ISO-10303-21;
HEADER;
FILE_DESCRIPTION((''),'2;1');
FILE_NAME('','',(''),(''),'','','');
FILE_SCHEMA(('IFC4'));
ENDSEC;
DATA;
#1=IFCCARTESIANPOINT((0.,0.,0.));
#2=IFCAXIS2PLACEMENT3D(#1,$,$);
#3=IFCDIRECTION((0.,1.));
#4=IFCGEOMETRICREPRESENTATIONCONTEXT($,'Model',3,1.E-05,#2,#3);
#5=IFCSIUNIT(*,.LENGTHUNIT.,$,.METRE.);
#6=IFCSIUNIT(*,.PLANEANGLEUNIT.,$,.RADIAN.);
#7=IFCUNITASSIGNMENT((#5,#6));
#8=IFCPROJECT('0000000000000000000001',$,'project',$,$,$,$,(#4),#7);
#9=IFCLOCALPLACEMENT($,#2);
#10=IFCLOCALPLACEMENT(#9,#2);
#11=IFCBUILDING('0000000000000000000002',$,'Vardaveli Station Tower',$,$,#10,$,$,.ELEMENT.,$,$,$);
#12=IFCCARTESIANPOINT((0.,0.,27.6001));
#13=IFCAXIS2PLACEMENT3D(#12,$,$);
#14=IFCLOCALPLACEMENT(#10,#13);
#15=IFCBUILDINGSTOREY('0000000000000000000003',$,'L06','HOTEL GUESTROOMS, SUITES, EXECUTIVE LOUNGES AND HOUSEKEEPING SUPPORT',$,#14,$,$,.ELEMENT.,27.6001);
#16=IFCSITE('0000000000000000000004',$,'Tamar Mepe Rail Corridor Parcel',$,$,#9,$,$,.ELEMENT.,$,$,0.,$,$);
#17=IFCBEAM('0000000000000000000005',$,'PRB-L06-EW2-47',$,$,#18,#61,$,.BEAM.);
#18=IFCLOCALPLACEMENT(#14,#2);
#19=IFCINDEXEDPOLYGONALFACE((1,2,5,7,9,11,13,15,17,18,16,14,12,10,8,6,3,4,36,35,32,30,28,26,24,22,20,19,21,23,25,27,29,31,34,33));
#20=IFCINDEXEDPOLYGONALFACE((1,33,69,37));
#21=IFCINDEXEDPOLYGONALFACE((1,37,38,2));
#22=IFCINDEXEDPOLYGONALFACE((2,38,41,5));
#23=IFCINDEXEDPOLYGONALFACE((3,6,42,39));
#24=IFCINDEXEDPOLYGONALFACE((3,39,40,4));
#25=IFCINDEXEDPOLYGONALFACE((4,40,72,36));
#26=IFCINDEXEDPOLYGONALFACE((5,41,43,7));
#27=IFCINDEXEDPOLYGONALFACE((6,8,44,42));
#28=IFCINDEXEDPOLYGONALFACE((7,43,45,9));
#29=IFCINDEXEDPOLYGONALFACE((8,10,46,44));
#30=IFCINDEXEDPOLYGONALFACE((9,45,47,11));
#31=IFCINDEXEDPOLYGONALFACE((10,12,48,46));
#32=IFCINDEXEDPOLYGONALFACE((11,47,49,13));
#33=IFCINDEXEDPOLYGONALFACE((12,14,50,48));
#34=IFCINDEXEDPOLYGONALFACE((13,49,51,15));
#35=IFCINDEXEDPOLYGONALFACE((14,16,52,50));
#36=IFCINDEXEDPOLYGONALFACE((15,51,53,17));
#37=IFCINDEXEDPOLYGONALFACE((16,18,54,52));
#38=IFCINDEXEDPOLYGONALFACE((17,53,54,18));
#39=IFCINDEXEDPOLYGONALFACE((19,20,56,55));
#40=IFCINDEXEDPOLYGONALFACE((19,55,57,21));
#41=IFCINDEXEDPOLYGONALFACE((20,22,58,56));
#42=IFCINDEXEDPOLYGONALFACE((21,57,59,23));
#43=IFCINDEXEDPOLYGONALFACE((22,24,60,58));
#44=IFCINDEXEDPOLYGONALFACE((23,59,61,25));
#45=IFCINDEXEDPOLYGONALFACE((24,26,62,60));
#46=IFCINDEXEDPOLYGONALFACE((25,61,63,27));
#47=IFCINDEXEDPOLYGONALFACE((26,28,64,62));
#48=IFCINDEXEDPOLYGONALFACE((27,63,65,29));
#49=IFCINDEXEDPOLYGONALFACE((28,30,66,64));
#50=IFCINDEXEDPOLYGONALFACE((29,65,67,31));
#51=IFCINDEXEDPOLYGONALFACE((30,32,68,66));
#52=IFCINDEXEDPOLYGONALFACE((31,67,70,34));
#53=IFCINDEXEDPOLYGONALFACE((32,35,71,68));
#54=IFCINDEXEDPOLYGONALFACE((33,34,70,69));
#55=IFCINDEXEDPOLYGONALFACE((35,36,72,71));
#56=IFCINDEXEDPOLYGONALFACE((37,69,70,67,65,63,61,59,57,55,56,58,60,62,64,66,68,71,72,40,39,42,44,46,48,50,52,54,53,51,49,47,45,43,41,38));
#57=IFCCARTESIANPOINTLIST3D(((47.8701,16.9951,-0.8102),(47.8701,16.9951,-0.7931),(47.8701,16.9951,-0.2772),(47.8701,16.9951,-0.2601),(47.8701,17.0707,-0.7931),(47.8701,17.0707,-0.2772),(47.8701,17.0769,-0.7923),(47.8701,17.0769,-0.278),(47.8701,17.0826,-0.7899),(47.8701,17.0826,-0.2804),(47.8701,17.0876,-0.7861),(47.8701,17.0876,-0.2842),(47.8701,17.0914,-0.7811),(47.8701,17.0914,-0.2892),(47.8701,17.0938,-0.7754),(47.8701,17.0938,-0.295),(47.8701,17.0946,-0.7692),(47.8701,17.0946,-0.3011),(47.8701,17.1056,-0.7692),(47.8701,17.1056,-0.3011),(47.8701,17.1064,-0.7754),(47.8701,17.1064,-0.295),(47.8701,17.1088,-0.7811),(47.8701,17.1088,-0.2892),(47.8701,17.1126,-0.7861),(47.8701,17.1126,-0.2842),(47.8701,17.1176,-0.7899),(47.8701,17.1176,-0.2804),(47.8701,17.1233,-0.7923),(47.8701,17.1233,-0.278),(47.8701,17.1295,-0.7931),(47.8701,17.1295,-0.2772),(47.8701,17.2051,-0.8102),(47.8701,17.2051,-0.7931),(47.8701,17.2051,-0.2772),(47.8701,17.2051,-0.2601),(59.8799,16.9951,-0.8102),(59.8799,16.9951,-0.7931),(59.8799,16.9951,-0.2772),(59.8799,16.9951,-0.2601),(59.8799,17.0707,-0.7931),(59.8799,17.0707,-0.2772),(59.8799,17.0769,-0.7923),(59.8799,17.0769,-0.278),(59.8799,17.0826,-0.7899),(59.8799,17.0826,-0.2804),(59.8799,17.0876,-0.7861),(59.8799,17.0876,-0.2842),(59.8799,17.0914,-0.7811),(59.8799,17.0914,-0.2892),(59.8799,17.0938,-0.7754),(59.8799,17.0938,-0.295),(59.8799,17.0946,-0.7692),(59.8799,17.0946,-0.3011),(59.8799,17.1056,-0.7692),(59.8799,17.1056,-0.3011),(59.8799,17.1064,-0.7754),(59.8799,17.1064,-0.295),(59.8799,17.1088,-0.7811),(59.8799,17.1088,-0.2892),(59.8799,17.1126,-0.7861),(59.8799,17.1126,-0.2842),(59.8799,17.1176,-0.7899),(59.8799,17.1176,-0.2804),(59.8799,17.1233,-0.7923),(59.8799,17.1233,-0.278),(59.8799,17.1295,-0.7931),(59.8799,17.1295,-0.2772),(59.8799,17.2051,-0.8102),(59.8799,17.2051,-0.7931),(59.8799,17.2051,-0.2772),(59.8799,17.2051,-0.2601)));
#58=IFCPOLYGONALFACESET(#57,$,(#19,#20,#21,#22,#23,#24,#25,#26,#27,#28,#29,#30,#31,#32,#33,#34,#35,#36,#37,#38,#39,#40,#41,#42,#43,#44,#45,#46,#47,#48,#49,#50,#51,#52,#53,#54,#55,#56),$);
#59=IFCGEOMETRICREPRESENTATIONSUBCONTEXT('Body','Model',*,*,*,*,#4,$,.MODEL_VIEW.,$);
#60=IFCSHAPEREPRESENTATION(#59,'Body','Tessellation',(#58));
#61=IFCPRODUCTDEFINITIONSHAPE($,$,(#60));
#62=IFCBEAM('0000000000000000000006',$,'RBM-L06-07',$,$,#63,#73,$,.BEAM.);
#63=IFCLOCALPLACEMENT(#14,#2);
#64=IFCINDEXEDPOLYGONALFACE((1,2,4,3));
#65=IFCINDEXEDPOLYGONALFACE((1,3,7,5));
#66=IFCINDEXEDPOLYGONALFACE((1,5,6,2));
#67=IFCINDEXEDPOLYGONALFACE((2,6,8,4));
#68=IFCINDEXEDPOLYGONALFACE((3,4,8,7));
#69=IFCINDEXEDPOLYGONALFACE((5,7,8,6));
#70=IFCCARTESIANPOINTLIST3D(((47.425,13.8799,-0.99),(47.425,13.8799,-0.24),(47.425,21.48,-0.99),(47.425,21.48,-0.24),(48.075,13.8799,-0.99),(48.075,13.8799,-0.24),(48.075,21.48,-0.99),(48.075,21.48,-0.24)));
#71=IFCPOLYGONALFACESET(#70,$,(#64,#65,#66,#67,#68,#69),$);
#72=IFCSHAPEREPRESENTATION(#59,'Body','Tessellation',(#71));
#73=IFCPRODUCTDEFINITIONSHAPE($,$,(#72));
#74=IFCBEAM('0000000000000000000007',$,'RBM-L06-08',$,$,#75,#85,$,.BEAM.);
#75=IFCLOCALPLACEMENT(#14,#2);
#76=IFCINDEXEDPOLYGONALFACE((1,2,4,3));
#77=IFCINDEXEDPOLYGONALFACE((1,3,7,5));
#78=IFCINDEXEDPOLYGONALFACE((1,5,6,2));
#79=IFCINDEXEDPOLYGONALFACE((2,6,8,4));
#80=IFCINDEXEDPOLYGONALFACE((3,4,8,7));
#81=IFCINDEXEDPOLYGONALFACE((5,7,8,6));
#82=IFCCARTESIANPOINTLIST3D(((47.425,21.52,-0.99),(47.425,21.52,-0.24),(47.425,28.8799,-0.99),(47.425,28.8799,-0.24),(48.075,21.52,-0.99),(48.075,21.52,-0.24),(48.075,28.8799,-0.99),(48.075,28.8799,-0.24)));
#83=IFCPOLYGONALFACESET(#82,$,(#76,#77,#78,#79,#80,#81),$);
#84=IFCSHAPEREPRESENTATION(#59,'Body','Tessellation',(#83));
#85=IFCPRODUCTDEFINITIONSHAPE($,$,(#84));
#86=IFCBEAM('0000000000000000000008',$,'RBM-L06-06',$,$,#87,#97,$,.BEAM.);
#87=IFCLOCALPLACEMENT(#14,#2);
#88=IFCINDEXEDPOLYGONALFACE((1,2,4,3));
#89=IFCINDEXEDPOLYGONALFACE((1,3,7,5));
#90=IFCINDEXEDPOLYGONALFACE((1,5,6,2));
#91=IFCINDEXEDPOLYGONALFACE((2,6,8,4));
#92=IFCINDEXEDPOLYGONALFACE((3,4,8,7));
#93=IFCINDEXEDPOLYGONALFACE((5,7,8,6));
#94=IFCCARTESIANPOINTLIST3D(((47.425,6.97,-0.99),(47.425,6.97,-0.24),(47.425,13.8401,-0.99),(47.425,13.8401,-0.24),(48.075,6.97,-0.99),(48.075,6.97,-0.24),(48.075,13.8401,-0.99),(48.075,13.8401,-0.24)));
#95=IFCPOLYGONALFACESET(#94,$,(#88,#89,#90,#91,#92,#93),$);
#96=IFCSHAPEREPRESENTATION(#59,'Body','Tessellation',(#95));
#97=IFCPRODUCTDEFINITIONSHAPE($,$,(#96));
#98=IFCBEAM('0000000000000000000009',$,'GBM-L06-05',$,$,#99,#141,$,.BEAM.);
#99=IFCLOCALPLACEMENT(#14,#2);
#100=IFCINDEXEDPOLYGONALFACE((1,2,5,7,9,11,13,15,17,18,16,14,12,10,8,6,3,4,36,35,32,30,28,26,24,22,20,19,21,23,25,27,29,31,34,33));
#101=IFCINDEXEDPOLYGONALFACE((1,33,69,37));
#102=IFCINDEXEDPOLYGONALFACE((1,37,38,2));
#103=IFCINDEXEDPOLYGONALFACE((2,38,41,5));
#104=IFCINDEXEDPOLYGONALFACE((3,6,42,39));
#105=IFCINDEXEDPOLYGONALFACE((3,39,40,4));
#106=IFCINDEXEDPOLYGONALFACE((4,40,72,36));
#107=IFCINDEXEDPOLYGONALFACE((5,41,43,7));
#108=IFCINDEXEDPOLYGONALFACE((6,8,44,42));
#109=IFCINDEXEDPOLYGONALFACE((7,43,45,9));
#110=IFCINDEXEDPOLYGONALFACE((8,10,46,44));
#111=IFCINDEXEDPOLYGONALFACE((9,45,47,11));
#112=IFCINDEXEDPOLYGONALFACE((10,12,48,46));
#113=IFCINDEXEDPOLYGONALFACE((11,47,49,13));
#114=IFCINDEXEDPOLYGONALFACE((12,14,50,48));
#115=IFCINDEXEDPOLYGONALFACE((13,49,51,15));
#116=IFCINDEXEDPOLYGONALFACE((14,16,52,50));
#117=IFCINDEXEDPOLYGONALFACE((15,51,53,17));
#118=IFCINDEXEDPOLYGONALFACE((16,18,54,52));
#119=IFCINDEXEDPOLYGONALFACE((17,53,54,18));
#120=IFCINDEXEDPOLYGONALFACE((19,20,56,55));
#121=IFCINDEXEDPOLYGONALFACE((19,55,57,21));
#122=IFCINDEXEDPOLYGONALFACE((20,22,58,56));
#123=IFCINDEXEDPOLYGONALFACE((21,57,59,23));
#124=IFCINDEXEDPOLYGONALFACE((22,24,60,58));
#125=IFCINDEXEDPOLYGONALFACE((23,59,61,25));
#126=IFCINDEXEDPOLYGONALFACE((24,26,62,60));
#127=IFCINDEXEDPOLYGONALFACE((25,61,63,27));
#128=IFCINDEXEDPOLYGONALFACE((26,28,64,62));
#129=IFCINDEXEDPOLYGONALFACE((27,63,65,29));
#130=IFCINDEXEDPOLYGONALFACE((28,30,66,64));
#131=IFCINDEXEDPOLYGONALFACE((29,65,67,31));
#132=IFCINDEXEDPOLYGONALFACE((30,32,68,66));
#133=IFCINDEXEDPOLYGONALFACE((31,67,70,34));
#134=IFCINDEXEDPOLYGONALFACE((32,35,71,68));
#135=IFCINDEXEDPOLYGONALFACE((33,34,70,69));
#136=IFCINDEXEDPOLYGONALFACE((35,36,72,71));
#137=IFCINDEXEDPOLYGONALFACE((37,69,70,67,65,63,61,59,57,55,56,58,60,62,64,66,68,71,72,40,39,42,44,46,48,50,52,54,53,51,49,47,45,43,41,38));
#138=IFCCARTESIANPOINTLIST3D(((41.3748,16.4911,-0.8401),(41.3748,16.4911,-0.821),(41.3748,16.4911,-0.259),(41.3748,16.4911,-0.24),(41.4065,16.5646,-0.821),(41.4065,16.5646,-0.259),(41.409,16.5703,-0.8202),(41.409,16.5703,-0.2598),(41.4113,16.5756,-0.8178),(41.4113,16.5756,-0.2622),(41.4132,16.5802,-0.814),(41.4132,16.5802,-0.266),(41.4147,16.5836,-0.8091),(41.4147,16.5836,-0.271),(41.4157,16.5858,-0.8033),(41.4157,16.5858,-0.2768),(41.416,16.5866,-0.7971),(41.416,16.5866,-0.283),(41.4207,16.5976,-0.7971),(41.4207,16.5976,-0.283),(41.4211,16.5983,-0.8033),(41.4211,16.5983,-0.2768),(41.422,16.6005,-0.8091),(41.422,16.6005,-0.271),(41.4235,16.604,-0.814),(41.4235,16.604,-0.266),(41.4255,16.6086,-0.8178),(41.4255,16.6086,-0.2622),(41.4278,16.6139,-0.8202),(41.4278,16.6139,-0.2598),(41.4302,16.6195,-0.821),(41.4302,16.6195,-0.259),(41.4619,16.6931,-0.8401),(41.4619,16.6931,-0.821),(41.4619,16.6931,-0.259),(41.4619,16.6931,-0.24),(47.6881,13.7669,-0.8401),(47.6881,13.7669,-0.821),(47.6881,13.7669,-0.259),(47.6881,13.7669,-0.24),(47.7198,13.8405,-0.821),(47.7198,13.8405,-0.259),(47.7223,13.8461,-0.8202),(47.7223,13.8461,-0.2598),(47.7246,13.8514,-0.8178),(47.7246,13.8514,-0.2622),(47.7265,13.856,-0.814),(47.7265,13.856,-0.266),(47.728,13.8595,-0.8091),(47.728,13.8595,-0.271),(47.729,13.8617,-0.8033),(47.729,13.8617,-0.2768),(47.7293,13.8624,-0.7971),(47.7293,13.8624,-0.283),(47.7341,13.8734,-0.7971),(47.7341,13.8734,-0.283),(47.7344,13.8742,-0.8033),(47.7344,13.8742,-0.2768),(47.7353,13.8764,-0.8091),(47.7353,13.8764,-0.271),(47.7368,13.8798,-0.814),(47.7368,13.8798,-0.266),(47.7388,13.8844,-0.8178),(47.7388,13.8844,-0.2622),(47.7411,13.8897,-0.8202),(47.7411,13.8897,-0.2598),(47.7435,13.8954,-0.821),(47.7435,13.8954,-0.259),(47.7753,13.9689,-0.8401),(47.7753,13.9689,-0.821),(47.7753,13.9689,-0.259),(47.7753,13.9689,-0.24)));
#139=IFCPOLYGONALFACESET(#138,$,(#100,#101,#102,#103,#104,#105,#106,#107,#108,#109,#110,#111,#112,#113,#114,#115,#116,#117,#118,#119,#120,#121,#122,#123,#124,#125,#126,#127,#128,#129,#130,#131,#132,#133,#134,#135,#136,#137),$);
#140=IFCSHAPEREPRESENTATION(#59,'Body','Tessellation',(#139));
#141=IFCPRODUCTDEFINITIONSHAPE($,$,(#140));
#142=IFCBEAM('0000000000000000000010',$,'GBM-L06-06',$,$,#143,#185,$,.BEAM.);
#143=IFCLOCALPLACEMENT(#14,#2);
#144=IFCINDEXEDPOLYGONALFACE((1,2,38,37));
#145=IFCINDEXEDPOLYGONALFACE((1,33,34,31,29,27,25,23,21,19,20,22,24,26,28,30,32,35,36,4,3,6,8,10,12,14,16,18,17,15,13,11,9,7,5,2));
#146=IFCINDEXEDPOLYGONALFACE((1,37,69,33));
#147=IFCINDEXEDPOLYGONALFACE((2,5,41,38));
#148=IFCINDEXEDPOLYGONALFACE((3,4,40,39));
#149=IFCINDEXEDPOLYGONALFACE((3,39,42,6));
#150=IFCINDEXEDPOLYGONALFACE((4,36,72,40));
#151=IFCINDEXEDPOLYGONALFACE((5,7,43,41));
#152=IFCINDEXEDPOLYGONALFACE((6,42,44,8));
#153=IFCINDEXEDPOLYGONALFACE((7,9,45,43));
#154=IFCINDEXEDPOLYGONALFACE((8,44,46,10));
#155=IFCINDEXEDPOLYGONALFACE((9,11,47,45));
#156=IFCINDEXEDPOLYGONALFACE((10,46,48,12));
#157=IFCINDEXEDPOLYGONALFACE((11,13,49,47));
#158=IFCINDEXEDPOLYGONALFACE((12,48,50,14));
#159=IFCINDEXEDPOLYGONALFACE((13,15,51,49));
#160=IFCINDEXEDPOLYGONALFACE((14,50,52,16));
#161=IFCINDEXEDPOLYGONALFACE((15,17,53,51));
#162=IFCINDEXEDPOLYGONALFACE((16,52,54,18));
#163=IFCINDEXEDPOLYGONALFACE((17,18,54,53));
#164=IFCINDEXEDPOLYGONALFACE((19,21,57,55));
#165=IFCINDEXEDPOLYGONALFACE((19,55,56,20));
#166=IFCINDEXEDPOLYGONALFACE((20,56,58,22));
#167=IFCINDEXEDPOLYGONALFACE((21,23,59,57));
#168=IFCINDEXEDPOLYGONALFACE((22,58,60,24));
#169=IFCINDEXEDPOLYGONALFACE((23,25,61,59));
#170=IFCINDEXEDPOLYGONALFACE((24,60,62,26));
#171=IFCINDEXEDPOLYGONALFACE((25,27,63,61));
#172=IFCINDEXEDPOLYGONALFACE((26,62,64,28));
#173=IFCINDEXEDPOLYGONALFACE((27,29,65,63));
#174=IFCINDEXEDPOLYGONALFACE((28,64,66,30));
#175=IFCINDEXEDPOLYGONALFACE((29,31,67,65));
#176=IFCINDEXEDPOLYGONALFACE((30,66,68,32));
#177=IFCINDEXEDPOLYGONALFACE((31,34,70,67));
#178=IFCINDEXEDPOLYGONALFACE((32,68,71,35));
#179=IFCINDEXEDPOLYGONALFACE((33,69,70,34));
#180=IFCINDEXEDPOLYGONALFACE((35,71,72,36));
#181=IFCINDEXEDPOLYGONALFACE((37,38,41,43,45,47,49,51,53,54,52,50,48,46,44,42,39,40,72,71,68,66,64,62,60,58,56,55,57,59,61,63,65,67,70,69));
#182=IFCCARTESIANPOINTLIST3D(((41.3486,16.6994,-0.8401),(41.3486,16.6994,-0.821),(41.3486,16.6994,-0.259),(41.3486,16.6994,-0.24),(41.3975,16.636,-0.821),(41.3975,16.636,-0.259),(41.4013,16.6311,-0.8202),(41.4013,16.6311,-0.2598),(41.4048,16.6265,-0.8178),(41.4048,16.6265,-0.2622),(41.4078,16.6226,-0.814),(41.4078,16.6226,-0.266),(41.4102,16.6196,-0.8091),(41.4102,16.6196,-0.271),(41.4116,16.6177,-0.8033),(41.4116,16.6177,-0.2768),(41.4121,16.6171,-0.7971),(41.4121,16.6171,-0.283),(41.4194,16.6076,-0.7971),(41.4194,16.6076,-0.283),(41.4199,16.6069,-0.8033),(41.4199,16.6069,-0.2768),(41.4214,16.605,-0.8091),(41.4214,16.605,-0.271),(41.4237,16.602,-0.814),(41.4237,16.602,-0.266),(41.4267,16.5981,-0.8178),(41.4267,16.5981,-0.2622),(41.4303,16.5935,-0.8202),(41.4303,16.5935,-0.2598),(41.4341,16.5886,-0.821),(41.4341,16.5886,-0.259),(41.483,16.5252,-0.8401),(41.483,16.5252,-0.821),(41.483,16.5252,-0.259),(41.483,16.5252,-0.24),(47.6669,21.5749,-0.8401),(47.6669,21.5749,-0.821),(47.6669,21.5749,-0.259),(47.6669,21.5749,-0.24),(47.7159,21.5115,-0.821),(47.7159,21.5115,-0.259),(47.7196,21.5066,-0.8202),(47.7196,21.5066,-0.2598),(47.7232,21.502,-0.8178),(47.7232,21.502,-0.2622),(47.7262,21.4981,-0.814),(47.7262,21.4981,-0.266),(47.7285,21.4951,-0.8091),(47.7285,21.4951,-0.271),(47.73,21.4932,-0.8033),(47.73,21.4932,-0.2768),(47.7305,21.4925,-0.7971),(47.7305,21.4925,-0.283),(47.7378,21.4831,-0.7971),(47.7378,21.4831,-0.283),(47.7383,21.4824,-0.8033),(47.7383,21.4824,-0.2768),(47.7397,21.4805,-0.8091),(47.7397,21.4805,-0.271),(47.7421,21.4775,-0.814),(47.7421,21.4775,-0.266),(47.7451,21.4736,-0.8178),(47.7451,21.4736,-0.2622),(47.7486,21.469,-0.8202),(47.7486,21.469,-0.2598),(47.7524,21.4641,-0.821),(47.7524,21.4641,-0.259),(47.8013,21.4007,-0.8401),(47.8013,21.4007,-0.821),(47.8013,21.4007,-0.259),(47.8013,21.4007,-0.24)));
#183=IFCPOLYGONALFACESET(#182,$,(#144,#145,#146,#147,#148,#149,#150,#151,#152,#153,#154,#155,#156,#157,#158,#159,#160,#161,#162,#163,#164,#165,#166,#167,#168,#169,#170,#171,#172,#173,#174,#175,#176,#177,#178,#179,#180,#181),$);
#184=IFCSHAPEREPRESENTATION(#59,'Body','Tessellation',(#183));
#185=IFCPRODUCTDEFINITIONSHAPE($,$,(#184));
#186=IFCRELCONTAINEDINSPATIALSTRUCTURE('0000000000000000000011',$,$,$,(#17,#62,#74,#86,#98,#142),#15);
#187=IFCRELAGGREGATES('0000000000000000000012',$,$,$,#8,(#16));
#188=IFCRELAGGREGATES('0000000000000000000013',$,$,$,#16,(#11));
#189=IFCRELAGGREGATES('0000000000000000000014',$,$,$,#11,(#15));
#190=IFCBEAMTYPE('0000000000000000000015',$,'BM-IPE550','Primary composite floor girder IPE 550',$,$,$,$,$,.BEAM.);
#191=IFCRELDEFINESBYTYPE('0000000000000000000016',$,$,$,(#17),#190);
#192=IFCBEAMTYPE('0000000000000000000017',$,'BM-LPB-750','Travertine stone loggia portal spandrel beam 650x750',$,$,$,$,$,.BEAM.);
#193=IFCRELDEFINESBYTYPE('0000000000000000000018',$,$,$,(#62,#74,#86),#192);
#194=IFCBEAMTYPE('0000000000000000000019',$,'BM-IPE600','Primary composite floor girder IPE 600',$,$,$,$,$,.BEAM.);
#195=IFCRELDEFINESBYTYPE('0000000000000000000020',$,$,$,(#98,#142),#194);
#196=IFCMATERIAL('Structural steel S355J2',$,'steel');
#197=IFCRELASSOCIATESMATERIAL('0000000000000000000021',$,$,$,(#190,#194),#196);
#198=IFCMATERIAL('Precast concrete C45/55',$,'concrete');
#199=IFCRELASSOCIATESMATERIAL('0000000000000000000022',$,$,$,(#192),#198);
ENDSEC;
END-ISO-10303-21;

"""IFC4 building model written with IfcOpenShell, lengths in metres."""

from ifc_helpers import new_model, si_unit, direction, frame, origin, origin_2d, place, context, subcontext, project, spatial, rectangle, i_section, extrude, source, transform, mapped, material, material_profile, profile_set, type_object, element, save


model = new_model("IFC4")

# Units and contexts
model_context = context("Model", 3, precision=1e-05, world=origin(), true_north=direction((0.0, 1.0)))
body_context = subcontext(model_context, "Body", "Model", "MODEL_VIEW")
ifc_project = project(units=[si_unit("LENGTHUNIT", "METRE"), si_unit("PLANEANGLEUNIT", "RADIAN")], contexts=[model_context])

# Site, building, storey
site_placement = place(None, origin())
site = spatial("IfcSite", under=ifc_project, at=site_placement, Name="Tamar Mepe Rail Corridor Parcel", CompositionType="ELEMENT", RefElevation=0.0)
building_placement = place(site_placement, origin())
building = spatial("IfcBuilding", under=site, at=building_placement, Name="Vardaveli Station Tower", CompositionType="ELEMENT")
storey_placement = place(building_placement, frame((0.0, 0.0, 27.6001)))
storey = spatial("IfcBuildingStorey", under=building, at=storey_placement, Name="L06", Description="HOTEL GUESTROOMS, SUITES, EXECUTIVE LOUNGES AND HOUSEKEEPING SUPPORT", CompositionType="ELEMENT", Elevation=27.6001)

# Beams
ifc_material_1 = material(Name="Structural steel S355J2", Category="steel")
ifc_material_profile_1 = material_profile(ifc_material_1, i_section(OverallWidth=0.21, OverallDepth=0.55, WebThickness=0.011, FlangeThickness=0.0171, FilletRadius=0.0239, at=origin_2d()), Name="IPE 550")
ifc_profile_set_1 = profile_set([ifc_material_profile_1], Name="Structural steel S355J2")
beam_type_1 = type_object("IfcBeamType", Name="BM-IPE550", Description="Primary composite floor girder IPE 550", PredefinedType="BEAM", material=ifc_profile_set_1)
shared_shape_1 = source(origin(), body_context, "Body", "SweptSolid", [
    extrude(i_section(OverallWidth=0.21, OverallDepth=0.55, WebThickness=0.011, FlangeThickness=0.0171, FilletRadius=0.0239, at=origin_2d()), origin(), (0.0, 0.0, 1.0), 12.0098),
])
for number, where, z_axis, x_axis, name in (
    (1, (47.8701, 17.1001, -0.5352), (1.0, 0.0, 0.0), (0.0, 1.0, 0.0), "PRB-L06-EW2-47"),
):
    element("IfcBeam", number, at=place(storey_placement, frame(where, z_axis=z_axis, x_axis=x_axis)), inside=storey, type_object=beam_type_1, Name=name, PredefinedType="BEAM", context=body_context, shape_type="MappedRepresentation", body=[
        mapped(shared_shape_1, transform((0.0, 0.0, 0.0), scale=1.0)),
    ])
ifc_material_2 = material(Name="Precast concrete C45/55", Category="concrete")
ifc_material_profile_2 = material_profile(ifc_material_2, rectangle(XDim=0.6499, YDim=0.75, at=origin_2d()), Name="LPB 650x750")
ifc_profile_set_2 = profile_set([ifc_material_profile_2], Name="Precast concrete C45/55")
beam_type_2 = type_object("IfcBeamType", Name="BM-LPB-750", Description="Travertine stone loggia portal spandrel beam 650x750", PredefinedType="BEAM", material=ifc_profile_set_2)
shared_shape_2 = source(origin(), body_context, "Body", "SweptSolid", [
    extrude(rectangle(XDim=0.6499, YDim=0.75, at=origin_2d()), origin(), (0.0, 0.0, 1.0), 7.6001),
])
beam_1_placement = place(storey_placement, frame((47.75, 13.8799, -0.615), z_axis=(0.0, 1.0, 0.0), x_axis=(-1.0, 0.0, 0.0)))
element("IfcBeam", 2, at=beam_1_placement, inside=storey, type_object=beam_type_2, Name="RBM-L06-07", PredefinedType="BEAM", context=body_context, shape_type="MappedRepresentation", body=[
    mapped(shared_shape_2, transform((0.0, 0.0, 0.0), scale=1.0)),
])
shared_shape_3 = source(origin(), body_context, "Body", "SweptSolid", [
    extrude(rectangle(XDim=0.6499, YDim=0.75, at=origin_2d()), origin(), (0.0, 0.0, 1.0), 7.3599),
])
beam_2_placement = place(storey_placement, frame((47.75, 21.52, -0.615), z_axis=(0.0, 1.0, 0.0), x_axis=(-1.0, 0.0, 0.0)))
element("IfcBeam", 3, at=beam_2_placement, inside=storey, type_object=beam_type_2, Name="RBM-L06-08", PredefinedType="BEAM", context=body_context, shape_type="MappedRepresentation", body=[
    mapped(shared_shape_3, transform((0.0, 0.0, 0.0), scale=1.0)),
])
shared_shape_4 = source(origin(), body_context, "Body", "SweptSolid", [
    extrude(rectangle(XDim=0.6499, YDim=0.75, at=origin_2d()), origin(), (0.0, 0.0, 1.0), 6.8701),
])
beam_3_placement = place(storey_placement, frame((47.75, 6.97, -0.615), z_axis=(0.0, 1.0, 0.0), x_axis=(-1.0, 0.0, 0.0)))
element("IfcBeam", 4, at=beam_3_placement, inside=storey, type_object=beam_type_2, Name="RBM-L06-06", PredefinedType="BEAM", context=body_context, shape_type="MappedRepresentation", body=[
    mapped(shared_shape_4, transform((0.0, 0.0, 0.0), scale=1.0)),
])
ifc_material_profile_3 = material_profile(ifc_material_1, i_section(OverallWidth=0.22, OverallDepth=0.6001, WebThickness=0.012, FlangeThickness=0.019, FilletRadius=0.0239, at=origin_2d()), Name="IPE 600")
ifc_profile_set_3 = profile_set([ifc_material_profile_3], Name="Structural steel S355J2")
beam_type_3 = type_object("IfcBeamType", Name="BM-IPE600", Description="Primary composite floor girder IPE 600", PredefinedType="BEAM", material=ifc_profile_set_3)
shared_shape_5 = source(origin(), body_context, "Body", "SweptSolid", [
    extrude(i_section(OverallWidth=0.22, OverallDepth=0.6001, WebThickness=0.012, FlangeThickness=0.019, FilletRadius=0.0239, at=origin_2d()), origin(), (0.0, 0.0, 1.0), 6.876),
])
beam_4_placement = place(storey_placement, frame((47.7317, 13.8679, -0.54), z_axis=(-0.918171, 0.396185, 0.0), x_axis=(-0.396185, -0.918171, 0.0)))
element("IfcBeam", 5, at=beam_4_placement, inside=storey, type_object=beam_type_3, Name="GBM-L06-05", PredefinedType="BEAM", context=body_context, shape_type="MappedRepresentation", body=[
    mapped(shared_shape_5, transform((0.0, 0.0, 0.0), scale=1.0)),
])
shared_shape_6 = source(origin(), body_context, "Body", "SweptSolid", [
    extrude(i_section(OverallWidth=0.22, OverallDepth=0.6001, WebThickness=0.012, FlangeThickness=0.019, FilletRadius=0.0239, at=origin_2d()), origin(), (0.0, 0.0, 1.0), 7.9807),
])
beam_5_placement = place(storey_placement, frame((47.7341, 21.4878, -0.54), z_axis=(-0.791702, -0.610908, 0.0), x_axis=(0.610908, -0.791702, 0.0)))
element("IfcBeam", 6, at=beam_5_placement, inside=storey, type_object=beam_type_3, Name="GBM-L06-06", PredefinedType="BEAM", context=body_context, shape_type="MappedRepresentation", body=[
    mapped(shared_shape_6, transform((0.0, 0.0, 0.0), scale=1.0)),
])

save(model, "model.ifc")
